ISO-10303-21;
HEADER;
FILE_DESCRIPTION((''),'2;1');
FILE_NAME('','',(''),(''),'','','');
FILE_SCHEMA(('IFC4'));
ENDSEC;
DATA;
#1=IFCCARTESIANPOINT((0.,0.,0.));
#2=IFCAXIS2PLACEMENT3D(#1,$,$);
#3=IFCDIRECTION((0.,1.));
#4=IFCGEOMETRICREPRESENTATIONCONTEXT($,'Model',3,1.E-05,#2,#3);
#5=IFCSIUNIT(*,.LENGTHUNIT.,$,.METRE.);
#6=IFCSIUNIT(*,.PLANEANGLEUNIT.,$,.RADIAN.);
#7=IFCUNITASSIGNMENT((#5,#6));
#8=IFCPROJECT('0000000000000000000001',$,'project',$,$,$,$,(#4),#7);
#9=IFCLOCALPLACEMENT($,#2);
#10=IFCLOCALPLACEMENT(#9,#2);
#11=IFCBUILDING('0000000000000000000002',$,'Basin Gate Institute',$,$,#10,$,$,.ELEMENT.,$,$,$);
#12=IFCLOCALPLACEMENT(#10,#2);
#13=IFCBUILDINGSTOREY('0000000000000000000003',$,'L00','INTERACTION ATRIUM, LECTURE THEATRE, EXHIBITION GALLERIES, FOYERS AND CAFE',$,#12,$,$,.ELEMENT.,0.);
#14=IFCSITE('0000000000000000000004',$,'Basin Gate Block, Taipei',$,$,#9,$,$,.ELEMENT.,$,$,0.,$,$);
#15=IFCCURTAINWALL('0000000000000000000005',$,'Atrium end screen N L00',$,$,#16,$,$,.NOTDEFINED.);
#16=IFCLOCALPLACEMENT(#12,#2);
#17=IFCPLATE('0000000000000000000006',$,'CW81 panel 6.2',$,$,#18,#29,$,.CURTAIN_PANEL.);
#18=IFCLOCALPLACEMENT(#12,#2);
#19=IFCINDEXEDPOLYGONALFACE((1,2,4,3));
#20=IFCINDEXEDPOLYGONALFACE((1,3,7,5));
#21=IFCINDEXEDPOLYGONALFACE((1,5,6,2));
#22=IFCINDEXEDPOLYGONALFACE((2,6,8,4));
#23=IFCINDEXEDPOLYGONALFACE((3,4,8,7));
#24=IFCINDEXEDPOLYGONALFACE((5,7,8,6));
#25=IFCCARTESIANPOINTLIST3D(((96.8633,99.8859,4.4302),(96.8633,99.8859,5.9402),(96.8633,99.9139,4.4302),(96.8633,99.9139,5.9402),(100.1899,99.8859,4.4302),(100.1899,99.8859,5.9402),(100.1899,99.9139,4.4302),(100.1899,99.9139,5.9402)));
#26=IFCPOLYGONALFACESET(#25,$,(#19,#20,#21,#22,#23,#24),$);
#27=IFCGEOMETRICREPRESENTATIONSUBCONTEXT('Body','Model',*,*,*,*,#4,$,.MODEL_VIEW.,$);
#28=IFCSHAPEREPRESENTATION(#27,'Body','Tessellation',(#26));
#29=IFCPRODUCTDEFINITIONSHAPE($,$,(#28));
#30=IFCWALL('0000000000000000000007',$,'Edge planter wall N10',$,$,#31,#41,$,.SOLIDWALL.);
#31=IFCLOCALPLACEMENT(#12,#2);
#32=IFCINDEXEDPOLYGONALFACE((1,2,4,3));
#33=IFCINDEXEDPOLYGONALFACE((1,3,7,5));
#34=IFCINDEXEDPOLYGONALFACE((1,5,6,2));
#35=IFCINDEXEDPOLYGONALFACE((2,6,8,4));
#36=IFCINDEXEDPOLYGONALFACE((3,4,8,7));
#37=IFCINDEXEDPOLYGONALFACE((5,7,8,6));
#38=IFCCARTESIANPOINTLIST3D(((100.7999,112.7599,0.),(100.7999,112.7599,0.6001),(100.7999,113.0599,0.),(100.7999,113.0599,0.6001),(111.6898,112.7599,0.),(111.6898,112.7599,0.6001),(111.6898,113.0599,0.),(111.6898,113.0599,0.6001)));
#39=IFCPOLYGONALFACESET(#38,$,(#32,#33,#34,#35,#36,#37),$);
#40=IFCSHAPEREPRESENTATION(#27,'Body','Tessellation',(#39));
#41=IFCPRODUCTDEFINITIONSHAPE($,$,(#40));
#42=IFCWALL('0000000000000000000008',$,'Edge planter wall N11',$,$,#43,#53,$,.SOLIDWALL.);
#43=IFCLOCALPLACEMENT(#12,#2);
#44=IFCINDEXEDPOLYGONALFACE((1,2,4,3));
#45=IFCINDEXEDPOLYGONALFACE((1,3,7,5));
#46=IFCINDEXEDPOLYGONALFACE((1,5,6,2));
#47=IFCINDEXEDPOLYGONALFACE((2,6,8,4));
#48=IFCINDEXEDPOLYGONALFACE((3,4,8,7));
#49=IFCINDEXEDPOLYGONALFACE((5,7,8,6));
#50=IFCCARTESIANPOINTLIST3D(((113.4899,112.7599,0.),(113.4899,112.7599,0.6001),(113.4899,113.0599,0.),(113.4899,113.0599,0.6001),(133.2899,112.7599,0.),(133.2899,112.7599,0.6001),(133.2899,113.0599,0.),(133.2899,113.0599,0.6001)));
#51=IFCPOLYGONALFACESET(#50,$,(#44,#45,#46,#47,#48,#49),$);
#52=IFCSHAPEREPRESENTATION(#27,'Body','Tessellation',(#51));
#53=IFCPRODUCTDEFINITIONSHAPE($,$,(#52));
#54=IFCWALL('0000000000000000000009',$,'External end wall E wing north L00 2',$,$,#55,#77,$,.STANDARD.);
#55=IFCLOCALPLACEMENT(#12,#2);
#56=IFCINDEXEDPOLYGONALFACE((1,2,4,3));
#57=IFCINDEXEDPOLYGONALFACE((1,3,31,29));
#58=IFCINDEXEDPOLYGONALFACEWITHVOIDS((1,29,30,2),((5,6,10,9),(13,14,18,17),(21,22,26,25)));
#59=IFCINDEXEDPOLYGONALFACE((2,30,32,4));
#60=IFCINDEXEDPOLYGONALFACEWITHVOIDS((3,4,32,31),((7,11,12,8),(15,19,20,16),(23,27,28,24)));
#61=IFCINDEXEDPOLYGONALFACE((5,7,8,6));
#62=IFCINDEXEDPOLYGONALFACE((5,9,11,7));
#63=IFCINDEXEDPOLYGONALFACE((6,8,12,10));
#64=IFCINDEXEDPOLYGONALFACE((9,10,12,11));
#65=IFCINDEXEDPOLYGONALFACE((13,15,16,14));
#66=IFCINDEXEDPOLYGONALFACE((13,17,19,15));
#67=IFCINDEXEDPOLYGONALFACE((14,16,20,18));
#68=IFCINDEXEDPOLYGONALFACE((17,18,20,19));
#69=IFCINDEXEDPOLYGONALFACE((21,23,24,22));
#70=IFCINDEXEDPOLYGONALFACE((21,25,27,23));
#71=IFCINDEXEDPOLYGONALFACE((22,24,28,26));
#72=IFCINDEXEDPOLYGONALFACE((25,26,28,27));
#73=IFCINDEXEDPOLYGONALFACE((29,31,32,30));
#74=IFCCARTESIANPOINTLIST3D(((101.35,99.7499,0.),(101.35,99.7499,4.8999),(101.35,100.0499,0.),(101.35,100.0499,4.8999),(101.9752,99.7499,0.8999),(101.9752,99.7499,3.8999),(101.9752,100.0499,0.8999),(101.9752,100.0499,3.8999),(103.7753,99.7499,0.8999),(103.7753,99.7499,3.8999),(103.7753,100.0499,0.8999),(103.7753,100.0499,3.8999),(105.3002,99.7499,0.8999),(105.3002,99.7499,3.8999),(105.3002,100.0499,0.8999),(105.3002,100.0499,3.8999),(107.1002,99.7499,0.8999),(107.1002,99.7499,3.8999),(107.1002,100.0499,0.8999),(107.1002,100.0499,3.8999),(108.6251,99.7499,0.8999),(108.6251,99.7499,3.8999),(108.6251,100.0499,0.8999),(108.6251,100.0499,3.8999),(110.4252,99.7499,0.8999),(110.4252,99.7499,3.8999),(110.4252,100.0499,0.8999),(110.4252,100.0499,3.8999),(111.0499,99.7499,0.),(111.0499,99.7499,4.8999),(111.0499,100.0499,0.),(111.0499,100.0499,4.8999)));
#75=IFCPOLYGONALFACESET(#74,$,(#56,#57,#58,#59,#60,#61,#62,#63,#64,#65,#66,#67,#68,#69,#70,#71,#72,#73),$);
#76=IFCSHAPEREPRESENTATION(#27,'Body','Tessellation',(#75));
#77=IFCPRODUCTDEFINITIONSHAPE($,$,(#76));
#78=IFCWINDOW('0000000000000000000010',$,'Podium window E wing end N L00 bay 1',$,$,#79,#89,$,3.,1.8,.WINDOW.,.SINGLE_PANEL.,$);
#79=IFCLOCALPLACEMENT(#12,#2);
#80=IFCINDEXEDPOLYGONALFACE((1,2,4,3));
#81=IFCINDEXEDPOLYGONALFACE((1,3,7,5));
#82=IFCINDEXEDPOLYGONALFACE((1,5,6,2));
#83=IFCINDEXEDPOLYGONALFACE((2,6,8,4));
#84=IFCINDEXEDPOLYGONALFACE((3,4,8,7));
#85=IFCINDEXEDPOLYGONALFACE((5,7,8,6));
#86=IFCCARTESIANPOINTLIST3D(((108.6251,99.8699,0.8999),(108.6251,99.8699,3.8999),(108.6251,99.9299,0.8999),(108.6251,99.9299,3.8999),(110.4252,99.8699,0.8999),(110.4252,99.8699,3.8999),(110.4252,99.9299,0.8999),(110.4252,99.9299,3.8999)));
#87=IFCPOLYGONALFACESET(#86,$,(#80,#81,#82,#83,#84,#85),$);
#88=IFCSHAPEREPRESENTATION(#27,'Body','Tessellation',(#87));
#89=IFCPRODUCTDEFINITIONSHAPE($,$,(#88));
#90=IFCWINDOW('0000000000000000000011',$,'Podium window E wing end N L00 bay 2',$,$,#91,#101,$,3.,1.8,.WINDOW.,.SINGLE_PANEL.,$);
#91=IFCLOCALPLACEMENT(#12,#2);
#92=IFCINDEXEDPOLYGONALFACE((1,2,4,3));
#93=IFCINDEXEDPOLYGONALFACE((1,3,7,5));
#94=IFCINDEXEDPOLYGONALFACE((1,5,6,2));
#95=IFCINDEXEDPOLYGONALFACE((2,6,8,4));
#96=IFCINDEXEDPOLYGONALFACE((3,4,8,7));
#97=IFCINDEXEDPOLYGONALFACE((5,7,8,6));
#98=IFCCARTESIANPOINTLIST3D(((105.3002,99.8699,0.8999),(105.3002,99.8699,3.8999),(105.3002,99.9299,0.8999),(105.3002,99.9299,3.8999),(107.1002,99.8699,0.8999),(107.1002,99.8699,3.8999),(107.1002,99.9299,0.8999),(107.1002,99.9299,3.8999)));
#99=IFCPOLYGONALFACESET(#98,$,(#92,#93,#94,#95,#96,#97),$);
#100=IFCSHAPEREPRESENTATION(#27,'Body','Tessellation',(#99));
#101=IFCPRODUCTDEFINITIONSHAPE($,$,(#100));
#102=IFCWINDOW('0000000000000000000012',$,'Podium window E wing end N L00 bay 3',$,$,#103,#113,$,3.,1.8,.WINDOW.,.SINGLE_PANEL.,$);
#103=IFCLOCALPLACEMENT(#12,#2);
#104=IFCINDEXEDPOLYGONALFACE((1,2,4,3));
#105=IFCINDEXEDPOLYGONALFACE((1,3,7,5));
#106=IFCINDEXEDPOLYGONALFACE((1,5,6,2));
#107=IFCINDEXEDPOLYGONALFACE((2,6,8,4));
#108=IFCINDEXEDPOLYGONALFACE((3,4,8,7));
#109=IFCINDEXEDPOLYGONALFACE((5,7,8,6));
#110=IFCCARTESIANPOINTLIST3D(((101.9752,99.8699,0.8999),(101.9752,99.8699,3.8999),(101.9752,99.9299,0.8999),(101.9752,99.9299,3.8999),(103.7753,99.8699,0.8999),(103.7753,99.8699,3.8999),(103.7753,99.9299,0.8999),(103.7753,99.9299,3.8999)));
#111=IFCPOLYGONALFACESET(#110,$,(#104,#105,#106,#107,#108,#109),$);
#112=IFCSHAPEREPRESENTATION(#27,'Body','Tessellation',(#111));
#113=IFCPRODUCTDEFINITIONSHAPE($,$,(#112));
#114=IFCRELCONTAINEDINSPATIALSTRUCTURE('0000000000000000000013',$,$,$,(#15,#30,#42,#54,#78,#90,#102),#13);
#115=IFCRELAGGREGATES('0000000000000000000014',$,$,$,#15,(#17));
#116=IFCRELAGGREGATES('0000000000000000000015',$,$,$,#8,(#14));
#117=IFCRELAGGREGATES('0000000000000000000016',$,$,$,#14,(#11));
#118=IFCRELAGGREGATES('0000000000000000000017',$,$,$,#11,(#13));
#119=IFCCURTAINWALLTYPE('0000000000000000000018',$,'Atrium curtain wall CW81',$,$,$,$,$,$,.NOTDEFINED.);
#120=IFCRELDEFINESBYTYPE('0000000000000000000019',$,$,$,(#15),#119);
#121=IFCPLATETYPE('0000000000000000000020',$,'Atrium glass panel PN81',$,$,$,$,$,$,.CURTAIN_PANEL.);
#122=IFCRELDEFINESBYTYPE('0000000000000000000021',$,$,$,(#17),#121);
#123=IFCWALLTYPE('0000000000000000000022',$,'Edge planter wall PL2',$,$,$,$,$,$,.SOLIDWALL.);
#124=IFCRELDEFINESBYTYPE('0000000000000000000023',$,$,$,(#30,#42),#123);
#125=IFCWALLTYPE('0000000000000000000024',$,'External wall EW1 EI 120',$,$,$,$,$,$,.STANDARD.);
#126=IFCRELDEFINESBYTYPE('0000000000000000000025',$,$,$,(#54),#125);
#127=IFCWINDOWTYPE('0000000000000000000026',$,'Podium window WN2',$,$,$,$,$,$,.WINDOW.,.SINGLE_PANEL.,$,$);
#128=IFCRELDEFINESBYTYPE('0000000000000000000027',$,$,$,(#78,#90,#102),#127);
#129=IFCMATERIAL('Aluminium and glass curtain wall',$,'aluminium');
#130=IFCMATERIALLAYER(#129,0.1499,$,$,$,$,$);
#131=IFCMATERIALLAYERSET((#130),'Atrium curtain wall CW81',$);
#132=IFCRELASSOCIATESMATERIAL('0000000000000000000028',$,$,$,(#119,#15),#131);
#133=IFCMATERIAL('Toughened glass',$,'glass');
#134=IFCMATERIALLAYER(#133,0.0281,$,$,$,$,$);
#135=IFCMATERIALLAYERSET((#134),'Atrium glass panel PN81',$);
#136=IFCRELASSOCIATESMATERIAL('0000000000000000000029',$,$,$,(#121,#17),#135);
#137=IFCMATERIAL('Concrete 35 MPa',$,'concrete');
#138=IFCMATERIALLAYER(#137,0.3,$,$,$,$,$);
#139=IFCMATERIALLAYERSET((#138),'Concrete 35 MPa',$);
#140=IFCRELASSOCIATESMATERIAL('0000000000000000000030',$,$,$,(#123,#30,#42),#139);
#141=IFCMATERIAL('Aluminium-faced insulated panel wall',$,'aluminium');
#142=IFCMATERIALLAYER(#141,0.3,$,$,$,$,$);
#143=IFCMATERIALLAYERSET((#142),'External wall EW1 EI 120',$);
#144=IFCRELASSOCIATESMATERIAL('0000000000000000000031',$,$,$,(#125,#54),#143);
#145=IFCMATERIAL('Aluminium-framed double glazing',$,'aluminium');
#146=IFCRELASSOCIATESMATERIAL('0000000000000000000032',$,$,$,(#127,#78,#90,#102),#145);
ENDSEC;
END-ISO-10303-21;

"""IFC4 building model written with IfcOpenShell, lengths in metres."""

from ifc_helpers import new_model, si_unit, direction, frame, frame_2d, origin, origin_2d, place, context, subcontext, project, spatial, rectangle, extrude, material, layer, layer_set, type_object, element, fill, aggregate, save


model = new_model("IFC4")

# Units and contexts
model_context = context("Model", 3, precision=1e-05, world=origin(), true_north=direction((0.0, 1.0)))
body_context = subcontext(model_context, "Body", "Model", "MODEL_VIEW")
ifc_project = project(units=[si_unit("LENGTHUNIT", "METRE"), si_unit("PLANEANGLEUNIT", "RADIAN")], contexts=[model_context])

# Site, building, storey
site_placement = place(None, origin())
site = spatial("IfcSite", under=ifc_project, at=site_placement, Name="Basin Gate Block, Taipei", CompositionType="ELEMENT", RefElevation=0.0)
building_placement = place(site_placement, origin())
building = spatial("IfcBuilding", under=site, at=building_placement, Name="Basin Gate Institute", CompositionType="ELEMENT")
storey_placement = place(building_placement, origin())
storey = spatial("IfcBuildingStorey", under=building, at=storey_placement, Name="L00", Description="INTERACTION ATRIUM, LECTURE THEATRE, EXHIBITION GALLERIES, FOYERS AND CAFE", CompositionType="ELEMENT", Elevation=0.0)

# Curtain wall
ifc_material_1 = material(Name="Aluminium and glass curtain wall", Category="aluminium")
ifc_layer_1 = layer(ifc_material_1, 0.1499)
ifc_layer_set_1 = layer_set([ifc_layer_1], Name="Atrium curtain wall CW81")
curtain_wall_type = type_object("IfcCurtainWallType", Name="Atrium curtain wall CW81", PredefinedType="NOTDEFINED", material=ifc_layer_set_1)
curtain_wall_placement = place(storey_placement, origin())
curtain_wall = element("IfcCurtainWall", 1, at=curtain_wall_placement, inside=storey, type_object=curtain_wall_type, material=ifc_layer_set_1, Name="Atrium end screen N L00", PredefinedType="NOTDEFINED")

# Plate
ifc_material_2 = material(Name="Toughened glass", Category="glass")
ifc_layer_2 = layer(ifc_material_2, 0.0281)
ifc_layer_set_2 = layer_set([ifc_layer_2], Name="Atrium glass panel PN81")
plate_type = type_object("IfcPlateType", Name="Atrium glass panel PN81", PredefinedType="CURTAIN_PANEL", material=ifc_layer_set_2)
plate_1_placement = place(storey_placement, frame((98.5266, 99.8999, 4.4302), z_axis=(0.0, 0.0, 1.0), x_axis=(1.0, 0.0, 0.0)))
plate_1 = element("IfcPlate", 2, at=plate_1_placement, type_object=plate_type, material=ifc_layer_set_2, Name="CW81 panel 6.2", PredefinedType="CURTAIN_PANEL", context=body_context, shape_type="SweptSolid", body=[
    extrude(rectangle(XDim=3.3267, YDim=0.0281, at=origin_2d()), origin(), (0.0, 0.0, 1.0), 1.51),
])
aggregate(curtain_wall, [plate_1])

# Walls
ifc_material_3 = material(Name="Concrete 35 MPa", Category="concrete")
ifc_layer_3 = layer(ifc_material_3, 0.3)
ifc_layer_set_3 = layer_set([ifc_layer_3], Name="Concrete 35 MPa")
wall_type_1 = type_object("IfcWallType", Name="Edge planter wall PL2", PredefinedType="SOLIDWALL", material=ifc_layer_set_3)
wall_1_placement = place(storey_placement, frame((100.8, 112.9099, 0.0), z_axis=(0.0, 0.0, 1.0), x_axis=(1.0, 0.0, 0.0)))
element("IfcWall", 3, at=wall_1_placement, inside=storey, type_object=wall_type_1, material=ifc_layer_set_3, Name="Edge planter wall N10", PredefinedType="SOLIDWALL", context=body_context, shape_type="SweptSolid", body=[
    extrude(rectangle(XDim=10.8899, YDim=0.3, at=frame_2d((5.4448, 0.0))), origin(), (0.0, 0.0, 1.0), 0.6001),
])
wall_2_placement = place(storey_placement, frame((113.49, 112.9099, 0.0), z_axis=(0.0, 0.0, 1.0), x_axis=(1.0, 0.0, 0.0)))
element("IfcWall", 4, at=wall_2_placement, inside=storey, type_object=wall_type_1, material=ifc_layer_set_3, Name="Edge planter wall N11", PredefinedType="SOLIDWALL", context=body_context, shape_type="SweptSolid", body=[
    extrude(rectangle(XDim=19.8, YDim=0.3, at=frame_2d((9.8999, 0.0))), origin(), (0.0, 0.0, 1.0), 0.6001),
])

# Wall, openings, windows
ifc_material_4 = material(Name="Aluminium-faced insulated panel wall", Category="aluminium")
ifc_layer_4 = layer(ifc_material_4, 0.3)
ifc_layer_set_4 = layer_set([ifc_layer_4], Name="External wall EW1 EI 120")
wall_type_2 = type_object("IfcWallType", Name="External wall EW1 EI 120", PredefinedType="STANDARD", material=ifc_layer_set_4)
wall_3_placement = place(storey_placement, frame((111.05, 99.8999, 0.0), z_axis=(0.0, 0.0, 1.0), x_axis=(-1.0, 0.0, 0.0)))
wall_3 = element("IfcWall", 5, at=wall_3_placement, inside=storey, type_object=wall_type_2, material=ifc_layer_set_4, Name="External end wall E wing north L00 2", PredefinedType="STANDARD", context=body_context, shape_type="SweptSolid", body=[
    extrude(rectangle(XDim=9.7, YDim=0.3, at=frame_2d((4.8501, 0.0))), origin(), (0.0, 0.0, 1.0), 4.8999),
])
opening_1_placement = place(wall_3_placement, frame((0.625, 0.0, 0.8999)))
opening_1 = element("IfcOpeningElement", 6, at=opening_1_placement, cuts=wall_3, PredefinedType="OPENING", context=body_context, shape_type="SweptSolid", body=[
    extrude(rectangle(XDim=1.8, YDim=3.0, at=frame_2d((0.8999, 1.5))), frame((0.0, 0.1602, 0.0), z_axis=(0.0, -1.0, 0.0), x_axis=(1.0, 0.0, 0.0)), (0.0, 0.0, 1.0), 0.3201),
])
opening_2_placement = place(wall_3_placement, frame((3.95, 0.0, 0.8999)))
opening_2 = element("IfcOpeningElement", 7, at=opening_2_placement, cuts=wall_3, PredefinedType="OPENING", context=body_context, shape_type="SweptSolid", body=[
    extrude(rectangle(XDim=1.8, YDim=3.0, at=frame_2d((0.8999, 1.5))), frame((0.0, 0.1602, 0.0), z_axis=(0.0, -1.0, 0.0), x_axis=(1.0, 0.0, 0.0)), (0.0, 0.0, 1.0), 0.3201),
])
opening_3_placement = place(wall_3_placement, frame((7.2749, 0.0, 0.8999)))
opening_3 = element("IfcOpeningElement", 8, at=opening_3_placement, cuts=wall_3, PredefinedType="OPENING", context=body_context, shape_type="SweptSolid", body=[
    extrude(rectangle(XDim=1.8, YDim=3.0, at=frame_2d((0.8999, 1.5))), frame((0.0, 0.1602, 0.0), z_axis=(0.0, -1.0, 0.0), x_axis=(1.0, 0.0, 0.0)), (0.0, 0.0, 1.0), 0.3201),
])
ifc_material_5 = material(Name="Aluminium-framed double glazing", Category="aluminium")
window_type = type_object("IfcWindowType", Name="Podium window WN2", PartitioningType="SINGLE_PANEL", PredefinedType="WINDOW", material=ifc_material_5)
window_1_placement = place(opening_1_placement, origin())
window_1 = element("IfcWindow", 9, at=window_1_placement, inside=storey, type_object=window_type, material=ifc_material_5, Name="Podium window E wing end N L00 bay 1", OverallHeight=3.0, OverallWidth=1.8, PartitioningType="SINGLE_PANEL", PredefinedType="WINDOW", context=body_context, shape_type="SweptSolid", body=[
    extrude(rectangle(XDim=1.8, YDim=3.0, at=frame_2d((0.8999, 1.5))), frame((0.0, 0.03, 0.0), z_axis=(0.0, -1.0, 0.0), x_axis=(1.0, 0.0, 0.0)), (0.0, 0.0, 1.0), 0.0601),
])
fill(opening_1, window_1)
window_2_placement = place(opening_2_placement, origin())
window_2 = element("IfcWindow", 10, at=window_2_placement, inside=storey, type_object=window_type, material=ifc_material_5, Name="Podium window E wing end N L00 bay 2", OverallHeight=3.0, OverallWidth=1.8, PartitioningType="SINGLE_PANEL", PredefinedType="WINDOW", context=body_context, shape_type="SweptSolid", body=[
    extrude(rectangle(XDim=1.8, YDim=3.0, at=frame_2d((0.8999, 1.5))), frame((0.0, 0.03, 0.0), z_axis=(0.0, -1.0, 0.0), x_axis=(1.0, 0.0, 0.0)), (0.0, 0.0, 1.0), 0.0601),
])
fill(opening_2, window_2)
window_3_placement = place(opening_3_placement, origin())
window_3 = element("IfcWindow", 11, at=window_3_placement, inside=storey, type_object=window_type, material=ifc_material_5, Name="Podium window E wing end N L00 bay 3", OverallHeight=3.0, OverallWidth=1.8, PartitioningType="SINGLE_PANEL", PredefinedType="WINDOW", context=body_context, shape_type="SweptSolid", body=[
    extrude(rectangle(XDim=1.8, YDim=3.0, at=frame_2d((0.8999, 1.5))), frame((0.0, 0.03, 0.0), z_axis=(0.0, -1.0, 0.0), x_axis=(1.0, 0.0, 0.0)), (0.0, 0.0, 1.0), 0.0601),
])
fill(opening_3, window_3)

save(model, "model.ifc")
